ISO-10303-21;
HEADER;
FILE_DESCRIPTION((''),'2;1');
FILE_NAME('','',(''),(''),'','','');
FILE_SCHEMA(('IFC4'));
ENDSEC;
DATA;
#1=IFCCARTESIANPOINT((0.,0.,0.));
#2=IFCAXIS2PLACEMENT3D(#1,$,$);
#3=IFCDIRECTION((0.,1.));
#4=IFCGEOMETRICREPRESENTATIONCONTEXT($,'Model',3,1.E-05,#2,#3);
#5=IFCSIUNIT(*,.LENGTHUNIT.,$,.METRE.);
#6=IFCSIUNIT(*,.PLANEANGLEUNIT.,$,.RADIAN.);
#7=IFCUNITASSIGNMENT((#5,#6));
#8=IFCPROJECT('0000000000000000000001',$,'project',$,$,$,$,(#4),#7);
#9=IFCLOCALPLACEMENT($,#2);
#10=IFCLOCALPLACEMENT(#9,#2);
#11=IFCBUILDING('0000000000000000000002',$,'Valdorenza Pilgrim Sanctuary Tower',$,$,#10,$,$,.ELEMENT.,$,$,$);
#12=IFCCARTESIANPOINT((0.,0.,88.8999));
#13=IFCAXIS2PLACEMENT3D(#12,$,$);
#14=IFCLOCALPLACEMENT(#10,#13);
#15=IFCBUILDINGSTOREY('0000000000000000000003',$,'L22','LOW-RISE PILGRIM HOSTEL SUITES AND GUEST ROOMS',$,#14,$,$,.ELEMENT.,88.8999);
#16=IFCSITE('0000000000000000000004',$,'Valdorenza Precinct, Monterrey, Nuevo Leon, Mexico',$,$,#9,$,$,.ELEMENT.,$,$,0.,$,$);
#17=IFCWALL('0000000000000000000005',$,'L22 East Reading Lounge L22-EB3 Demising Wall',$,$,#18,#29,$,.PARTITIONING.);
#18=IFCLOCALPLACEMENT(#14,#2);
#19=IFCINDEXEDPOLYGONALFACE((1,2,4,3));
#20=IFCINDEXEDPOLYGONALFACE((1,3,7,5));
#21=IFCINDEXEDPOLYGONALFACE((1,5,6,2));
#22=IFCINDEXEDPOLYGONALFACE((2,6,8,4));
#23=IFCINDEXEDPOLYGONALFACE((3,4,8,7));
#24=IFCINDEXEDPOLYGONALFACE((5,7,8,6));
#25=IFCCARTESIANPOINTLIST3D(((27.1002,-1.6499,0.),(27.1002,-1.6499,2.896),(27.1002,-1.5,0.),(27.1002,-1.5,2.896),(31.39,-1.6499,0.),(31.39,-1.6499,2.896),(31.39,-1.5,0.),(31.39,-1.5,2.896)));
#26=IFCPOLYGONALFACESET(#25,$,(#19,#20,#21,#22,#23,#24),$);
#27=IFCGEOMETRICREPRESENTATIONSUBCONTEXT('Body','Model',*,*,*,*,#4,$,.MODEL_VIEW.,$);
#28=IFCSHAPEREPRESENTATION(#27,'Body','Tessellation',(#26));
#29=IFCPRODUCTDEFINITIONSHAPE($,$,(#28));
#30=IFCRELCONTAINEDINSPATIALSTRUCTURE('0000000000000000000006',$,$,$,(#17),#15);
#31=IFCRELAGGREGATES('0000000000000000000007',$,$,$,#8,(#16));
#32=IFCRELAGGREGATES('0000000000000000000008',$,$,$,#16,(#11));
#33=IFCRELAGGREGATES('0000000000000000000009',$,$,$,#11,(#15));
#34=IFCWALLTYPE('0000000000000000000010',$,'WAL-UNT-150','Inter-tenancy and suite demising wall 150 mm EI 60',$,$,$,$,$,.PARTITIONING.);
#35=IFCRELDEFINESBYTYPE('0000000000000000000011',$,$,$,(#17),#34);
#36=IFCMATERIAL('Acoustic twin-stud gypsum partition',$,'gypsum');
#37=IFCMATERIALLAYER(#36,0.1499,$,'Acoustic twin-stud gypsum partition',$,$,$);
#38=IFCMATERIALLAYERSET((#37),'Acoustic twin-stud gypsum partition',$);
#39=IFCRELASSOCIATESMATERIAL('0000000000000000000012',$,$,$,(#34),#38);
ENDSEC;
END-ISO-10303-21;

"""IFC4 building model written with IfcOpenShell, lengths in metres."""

from ifc_helpers import new_model, si_unit, direction, frame, frame_2d, origin, place, context, subcontext, project, spatial, rectangle, extrude, material, layer, layer_set, type_object, element, save


model = new_model("IFC4")

# Units and contexts
model_context = context("Model", 3, precision=1e-05, world=origin(), true_north=direction((0.0, 1.0)))
body_context = subcontext(model_context, "Body", "Model", "MODEL_VIEW")
ifc_project = project(units=[si_unit("LENGTHUNIT", "METRE"), si_unit("PLANEANGLEUNIT", "RADIAN")], contexts=[model_context])

# Site, building, storey
site_placement = place(None, origin())
site = spatial("IfcSite", under=ifc_project, at=site_placement, Name="Valdorenza Precinct, Monterrey, Nuevo Leon, Mexico", CompositionType="ELEMENT", RefElevation=0.0)
building_placement = place(site_placement, origin())
building = spatial("IfcBuilding", under=site, at=building_placement, Name="Valdorenza Pilgrim Sanctuary Tower", CompositionType="ELEMENT")
storey_placement = place(building_placement, frame((0.0, 0.0, 88.8999)))
storey = spatial("IfcBuildingStorey", under=building, at=storey_placement, Name="L22", Description="LOW-RISE PILGRIM HOSTEL SUITES AND GUEST ROOMS", CompositionType="ELEMENT", Elevation=88.8999)

# Wall
ifc_material_1 = material(Name="Acoustic twin-stud gypsum partition", Category="gypsum")
ifc_layer_1 = layer(ifc_material_1, 0.1499, Name="Acoustic twin-stud gypsum partition")
ifc_layer_set_1 = layer_set([ifc_layer_1], Name="Acoustic twin-stud gypsum partition")
wall_type = type_object("IfcWallType", Name="WAL-UNT-150", Description="Inter-tenancy and suite demising wall 150 mm EI 60", PredefinedType="PARTITIONING", material=ifc_layer_set_1)
wall_placement = place(storey_placement, frame((27.1001, -1.575, 0.0), z_axis=(0.0, 0.0, 1.0), x_axis=(1.0, 0.0, 0.0)))
element("IfcWall", 1, at=wall_placement, inside=storey, type_object=wall_type, Name="L22 East Reading Lounge L22-EB3 Demising Wall", PredefinedType="PARTITIONING", context=body_context, shape_type="SweptSolid", body=[
    extrude(rectangle(XDim=4.2898, YDim=0.1499, at=frame_2d((2.145, 0.0))), origin(), (0.0, 0.0, 1.0), 2.896),
])

save(model, "model.ifc")
